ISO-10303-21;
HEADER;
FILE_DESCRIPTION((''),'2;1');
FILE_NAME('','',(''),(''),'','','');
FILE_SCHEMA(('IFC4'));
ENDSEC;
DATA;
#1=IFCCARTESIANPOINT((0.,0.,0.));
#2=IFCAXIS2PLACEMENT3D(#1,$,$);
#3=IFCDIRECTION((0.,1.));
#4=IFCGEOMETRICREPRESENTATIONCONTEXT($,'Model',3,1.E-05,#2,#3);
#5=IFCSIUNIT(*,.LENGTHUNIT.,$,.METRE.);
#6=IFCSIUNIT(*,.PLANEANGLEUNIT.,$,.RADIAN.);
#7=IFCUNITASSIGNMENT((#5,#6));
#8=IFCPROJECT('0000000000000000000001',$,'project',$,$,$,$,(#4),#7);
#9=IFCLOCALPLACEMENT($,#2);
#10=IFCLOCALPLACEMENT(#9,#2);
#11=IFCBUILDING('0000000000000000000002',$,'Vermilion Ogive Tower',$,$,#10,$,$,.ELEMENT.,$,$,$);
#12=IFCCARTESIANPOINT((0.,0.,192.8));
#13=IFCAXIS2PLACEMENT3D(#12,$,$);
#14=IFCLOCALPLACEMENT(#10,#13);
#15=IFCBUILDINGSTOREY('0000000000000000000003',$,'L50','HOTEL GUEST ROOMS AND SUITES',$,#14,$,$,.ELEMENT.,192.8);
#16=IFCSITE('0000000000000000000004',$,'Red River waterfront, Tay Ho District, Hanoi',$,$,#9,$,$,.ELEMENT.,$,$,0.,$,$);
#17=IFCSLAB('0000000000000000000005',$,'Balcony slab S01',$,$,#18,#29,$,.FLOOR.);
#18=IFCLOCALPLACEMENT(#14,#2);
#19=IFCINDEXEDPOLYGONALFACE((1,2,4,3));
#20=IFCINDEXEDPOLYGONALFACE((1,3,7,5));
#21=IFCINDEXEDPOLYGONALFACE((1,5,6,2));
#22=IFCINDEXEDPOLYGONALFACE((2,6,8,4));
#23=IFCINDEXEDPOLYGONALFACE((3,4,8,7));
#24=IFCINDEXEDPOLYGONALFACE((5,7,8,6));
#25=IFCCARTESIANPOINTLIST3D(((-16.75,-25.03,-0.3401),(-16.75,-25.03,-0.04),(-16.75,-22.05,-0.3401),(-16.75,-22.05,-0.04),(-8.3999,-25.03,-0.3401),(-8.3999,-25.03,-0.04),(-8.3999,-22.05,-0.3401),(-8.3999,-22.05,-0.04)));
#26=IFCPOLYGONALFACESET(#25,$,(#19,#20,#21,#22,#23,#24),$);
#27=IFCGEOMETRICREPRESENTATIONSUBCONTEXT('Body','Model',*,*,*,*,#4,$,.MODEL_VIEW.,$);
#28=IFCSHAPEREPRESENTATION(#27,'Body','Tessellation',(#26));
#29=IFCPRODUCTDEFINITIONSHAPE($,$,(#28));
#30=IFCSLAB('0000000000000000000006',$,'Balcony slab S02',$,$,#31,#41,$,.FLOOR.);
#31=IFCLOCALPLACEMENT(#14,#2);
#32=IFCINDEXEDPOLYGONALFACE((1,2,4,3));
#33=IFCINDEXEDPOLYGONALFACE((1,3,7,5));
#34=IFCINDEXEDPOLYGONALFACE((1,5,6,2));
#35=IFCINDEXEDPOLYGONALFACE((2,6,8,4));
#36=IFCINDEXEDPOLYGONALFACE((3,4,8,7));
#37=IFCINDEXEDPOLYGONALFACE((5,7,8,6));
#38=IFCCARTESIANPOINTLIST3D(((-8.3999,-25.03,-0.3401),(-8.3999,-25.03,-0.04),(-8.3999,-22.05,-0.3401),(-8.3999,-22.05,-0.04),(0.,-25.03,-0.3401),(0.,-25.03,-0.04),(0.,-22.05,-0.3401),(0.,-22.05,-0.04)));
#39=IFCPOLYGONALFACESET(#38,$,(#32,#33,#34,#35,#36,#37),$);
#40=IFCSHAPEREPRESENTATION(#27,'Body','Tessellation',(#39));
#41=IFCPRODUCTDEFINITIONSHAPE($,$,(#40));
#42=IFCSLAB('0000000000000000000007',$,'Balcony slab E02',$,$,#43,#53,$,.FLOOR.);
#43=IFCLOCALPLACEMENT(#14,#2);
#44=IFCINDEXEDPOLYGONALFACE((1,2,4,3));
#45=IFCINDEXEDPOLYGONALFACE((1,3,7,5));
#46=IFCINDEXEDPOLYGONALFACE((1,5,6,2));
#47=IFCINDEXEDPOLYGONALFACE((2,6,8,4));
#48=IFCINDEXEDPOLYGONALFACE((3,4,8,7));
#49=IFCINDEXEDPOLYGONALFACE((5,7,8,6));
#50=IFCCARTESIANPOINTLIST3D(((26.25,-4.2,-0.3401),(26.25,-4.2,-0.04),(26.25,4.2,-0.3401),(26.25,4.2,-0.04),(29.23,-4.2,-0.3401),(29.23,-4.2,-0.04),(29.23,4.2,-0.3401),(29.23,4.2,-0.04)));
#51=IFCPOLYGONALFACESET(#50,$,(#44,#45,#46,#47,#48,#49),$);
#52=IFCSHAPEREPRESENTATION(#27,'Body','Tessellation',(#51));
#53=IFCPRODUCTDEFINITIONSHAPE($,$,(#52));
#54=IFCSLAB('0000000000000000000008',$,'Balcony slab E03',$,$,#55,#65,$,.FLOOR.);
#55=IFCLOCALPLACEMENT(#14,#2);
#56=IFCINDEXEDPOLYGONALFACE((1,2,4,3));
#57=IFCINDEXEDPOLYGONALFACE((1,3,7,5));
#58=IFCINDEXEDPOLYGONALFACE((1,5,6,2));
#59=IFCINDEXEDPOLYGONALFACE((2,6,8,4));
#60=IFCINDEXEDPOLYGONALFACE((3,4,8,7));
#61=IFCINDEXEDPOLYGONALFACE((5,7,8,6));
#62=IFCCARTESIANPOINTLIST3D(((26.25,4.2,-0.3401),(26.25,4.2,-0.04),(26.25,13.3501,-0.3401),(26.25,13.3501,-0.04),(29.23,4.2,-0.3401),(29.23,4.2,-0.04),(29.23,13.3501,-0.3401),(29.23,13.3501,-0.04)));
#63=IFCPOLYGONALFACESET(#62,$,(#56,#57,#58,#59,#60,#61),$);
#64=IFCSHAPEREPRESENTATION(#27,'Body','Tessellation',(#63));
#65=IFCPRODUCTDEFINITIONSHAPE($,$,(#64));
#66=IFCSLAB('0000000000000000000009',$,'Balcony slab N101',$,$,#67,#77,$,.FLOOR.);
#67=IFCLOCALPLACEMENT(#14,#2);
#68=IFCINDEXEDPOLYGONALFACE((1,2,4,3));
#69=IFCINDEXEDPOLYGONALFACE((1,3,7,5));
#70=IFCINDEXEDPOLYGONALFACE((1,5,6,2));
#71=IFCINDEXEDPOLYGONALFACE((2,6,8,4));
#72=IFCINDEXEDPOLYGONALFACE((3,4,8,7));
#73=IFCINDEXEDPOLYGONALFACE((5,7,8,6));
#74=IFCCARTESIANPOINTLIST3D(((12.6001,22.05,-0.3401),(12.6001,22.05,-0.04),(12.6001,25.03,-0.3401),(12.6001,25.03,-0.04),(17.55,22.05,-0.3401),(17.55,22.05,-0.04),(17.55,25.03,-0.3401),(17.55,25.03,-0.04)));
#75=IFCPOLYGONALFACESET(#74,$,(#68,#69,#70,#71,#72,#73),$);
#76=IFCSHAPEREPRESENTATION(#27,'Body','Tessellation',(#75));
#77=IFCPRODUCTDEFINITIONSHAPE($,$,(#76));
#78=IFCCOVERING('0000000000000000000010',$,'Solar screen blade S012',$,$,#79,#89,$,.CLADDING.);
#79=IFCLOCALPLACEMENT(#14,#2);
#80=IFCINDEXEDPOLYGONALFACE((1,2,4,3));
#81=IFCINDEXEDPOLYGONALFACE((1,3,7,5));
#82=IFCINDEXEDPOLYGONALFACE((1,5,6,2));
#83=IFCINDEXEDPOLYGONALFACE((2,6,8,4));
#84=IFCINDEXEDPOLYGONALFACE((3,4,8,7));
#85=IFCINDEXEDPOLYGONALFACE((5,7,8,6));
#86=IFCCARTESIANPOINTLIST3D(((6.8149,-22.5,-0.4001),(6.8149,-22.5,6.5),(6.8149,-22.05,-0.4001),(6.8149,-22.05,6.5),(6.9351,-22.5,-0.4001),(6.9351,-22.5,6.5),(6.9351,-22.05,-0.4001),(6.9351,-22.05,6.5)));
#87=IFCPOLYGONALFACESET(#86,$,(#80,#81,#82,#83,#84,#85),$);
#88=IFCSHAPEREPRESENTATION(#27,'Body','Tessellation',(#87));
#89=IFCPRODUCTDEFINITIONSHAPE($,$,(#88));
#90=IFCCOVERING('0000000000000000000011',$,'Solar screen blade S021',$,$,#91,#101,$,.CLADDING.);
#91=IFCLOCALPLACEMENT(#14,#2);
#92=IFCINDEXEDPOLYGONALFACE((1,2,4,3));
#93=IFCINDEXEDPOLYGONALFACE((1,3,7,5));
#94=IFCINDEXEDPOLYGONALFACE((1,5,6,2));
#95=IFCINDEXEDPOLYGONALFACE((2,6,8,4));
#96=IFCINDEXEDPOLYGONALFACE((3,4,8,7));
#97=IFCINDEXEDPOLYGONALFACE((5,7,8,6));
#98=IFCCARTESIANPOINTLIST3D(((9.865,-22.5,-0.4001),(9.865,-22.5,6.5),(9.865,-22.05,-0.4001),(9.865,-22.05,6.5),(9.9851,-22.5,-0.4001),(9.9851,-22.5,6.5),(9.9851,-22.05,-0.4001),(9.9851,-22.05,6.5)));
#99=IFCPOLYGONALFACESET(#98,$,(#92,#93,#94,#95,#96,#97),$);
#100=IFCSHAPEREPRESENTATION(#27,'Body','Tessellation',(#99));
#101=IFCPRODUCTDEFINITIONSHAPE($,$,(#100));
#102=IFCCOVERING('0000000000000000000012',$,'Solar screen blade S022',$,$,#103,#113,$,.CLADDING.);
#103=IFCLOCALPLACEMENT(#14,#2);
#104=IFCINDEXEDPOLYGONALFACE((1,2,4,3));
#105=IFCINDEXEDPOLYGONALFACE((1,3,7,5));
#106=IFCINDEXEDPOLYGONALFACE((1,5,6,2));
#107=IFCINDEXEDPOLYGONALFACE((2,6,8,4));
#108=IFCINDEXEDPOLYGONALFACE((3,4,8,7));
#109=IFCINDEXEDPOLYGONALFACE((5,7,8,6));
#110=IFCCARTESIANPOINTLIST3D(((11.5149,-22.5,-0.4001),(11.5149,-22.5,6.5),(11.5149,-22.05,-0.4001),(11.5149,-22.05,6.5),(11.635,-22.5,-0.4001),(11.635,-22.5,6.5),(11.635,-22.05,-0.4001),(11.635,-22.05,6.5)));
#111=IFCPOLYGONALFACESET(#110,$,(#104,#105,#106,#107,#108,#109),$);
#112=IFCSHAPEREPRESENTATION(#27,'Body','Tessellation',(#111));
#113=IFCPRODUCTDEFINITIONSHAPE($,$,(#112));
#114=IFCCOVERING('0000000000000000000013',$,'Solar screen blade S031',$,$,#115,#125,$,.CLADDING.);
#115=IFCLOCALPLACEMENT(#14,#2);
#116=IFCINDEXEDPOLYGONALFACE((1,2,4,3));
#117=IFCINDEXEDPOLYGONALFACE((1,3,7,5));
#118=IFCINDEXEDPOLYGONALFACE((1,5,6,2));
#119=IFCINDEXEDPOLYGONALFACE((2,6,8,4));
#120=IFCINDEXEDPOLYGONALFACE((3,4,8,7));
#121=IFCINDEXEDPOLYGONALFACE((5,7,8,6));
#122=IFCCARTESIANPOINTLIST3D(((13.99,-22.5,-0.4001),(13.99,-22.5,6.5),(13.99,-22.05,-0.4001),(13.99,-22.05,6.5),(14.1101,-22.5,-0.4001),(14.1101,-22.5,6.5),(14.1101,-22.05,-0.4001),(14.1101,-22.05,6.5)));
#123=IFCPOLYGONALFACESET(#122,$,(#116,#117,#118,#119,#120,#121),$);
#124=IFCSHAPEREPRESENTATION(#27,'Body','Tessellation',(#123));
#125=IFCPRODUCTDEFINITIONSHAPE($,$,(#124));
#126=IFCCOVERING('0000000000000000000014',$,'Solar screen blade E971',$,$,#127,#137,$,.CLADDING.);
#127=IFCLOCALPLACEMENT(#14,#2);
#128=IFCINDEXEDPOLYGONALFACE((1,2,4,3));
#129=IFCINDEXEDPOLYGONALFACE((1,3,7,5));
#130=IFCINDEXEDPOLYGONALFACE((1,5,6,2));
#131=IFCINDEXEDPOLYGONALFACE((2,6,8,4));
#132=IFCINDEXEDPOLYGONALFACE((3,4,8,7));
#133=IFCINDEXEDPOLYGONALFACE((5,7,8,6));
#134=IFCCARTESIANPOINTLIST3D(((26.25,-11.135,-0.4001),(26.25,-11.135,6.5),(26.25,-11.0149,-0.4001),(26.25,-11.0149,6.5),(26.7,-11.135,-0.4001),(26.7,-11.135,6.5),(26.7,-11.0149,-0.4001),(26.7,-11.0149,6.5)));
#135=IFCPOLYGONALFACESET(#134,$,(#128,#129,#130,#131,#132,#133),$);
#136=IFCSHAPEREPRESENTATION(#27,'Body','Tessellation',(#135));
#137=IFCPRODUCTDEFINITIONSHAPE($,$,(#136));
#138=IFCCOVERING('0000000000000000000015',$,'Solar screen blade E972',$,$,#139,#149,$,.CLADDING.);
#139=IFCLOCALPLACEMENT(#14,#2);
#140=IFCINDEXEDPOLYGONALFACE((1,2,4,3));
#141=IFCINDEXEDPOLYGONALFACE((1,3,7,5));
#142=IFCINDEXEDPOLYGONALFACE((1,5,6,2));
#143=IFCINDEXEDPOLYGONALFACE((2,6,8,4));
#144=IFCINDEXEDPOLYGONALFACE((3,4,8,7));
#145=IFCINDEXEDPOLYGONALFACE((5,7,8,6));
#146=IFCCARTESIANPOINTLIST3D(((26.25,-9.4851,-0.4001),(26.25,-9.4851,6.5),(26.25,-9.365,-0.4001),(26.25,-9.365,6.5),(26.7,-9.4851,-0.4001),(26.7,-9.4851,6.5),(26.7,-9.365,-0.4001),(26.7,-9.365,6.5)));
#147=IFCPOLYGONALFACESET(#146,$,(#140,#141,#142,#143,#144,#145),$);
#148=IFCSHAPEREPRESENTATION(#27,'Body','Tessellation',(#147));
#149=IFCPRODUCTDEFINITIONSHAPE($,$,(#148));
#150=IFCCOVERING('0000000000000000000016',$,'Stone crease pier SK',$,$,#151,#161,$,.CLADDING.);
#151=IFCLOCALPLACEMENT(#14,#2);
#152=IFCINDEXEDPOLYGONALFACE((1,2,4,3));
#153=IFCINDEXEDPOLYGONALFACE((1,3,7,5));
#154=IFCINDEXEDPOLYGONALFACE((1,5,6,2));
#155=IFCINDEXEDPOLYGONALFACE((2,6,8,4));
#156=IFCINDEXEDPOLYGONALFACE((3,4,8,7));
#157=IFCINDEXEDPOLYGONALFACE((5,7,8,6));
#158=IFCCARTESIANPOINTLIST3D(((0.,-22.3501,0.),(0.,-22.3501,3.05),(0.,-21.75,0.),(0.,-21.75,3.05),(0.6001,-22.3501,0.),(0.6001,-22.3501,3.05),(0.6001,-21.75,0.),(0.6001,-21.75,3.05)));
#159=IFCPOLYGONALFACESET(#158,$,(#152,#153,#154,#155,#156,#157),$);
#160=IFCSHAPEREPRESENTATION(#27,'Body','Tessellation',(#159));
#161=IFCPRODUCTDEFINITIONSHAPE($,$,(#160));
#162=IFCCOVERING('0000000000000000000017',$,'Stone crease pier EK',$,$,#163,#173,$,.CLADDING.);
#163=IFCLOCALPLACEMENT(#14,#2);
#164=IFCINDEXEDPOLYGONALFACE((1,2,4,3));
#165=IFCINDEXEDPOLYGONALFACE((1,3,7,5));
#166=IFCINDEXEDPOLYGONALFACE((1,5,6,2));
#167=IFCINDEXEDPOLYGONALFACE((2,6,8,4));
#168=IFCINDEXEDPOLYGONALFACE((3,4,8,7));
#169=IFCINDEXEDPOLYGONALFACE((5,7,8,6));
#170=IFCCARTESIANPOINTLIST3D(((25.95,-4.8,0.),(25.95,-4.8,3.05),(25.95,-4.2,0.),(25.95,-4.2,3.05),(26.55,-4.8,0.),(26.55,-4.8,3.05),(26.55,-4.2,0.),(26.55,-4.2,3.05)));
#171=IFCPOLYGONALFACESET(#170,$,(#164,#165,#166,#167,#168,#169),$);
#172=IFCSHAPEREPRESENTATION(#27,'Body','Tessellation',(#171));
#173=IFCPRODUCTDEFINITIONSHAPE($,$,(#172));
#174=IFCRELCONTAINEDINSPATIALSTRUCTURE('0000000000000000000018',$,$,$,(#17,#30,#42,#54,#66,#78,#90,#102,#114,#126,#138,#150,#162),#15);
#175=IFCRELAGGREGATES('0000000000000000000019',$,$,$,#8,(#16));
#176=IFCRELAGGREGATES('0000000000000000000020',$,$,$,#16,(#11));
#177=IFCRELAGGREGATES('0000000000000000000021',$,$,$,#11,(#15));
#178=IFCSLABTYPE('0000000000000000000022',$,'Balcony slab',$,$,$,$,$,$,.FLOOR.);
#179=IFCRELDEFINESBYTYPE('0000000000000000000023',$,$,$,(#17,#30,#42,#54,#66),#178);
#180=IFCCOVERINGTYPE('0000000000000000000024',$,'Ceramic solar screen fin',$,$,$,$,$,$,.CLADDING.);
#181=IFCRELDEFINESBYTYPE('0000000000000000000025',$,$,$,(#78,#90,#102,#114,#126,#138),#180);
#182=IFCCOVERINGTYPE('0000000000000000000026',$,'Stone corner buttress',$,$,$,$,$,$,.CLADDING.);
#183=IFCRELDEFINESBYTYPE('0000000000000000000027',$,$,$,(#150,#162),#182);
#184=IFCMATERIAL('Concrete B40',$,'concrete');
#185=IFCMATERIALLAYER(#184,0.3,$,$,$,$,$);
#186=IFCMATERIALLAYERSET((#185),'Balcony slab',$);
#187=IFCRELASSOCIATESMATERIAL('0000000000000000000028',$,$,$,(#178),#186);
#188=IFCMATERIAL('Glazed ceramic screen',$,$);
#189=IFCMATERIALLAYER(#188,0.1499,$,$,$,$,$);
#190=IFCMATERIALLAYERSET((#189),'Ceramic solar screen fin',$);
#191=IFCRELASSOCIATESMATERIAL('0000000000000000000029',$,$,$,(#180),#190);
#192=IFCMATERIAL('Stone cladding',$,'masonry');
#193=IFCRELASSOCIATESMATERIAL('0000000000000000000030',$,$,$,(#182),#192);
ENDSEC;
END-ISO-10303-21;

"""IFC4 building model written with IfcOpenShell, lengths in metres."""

from ifc_helpers import new_model, si_unit, direction, frame, origin, place, context, subcontext, project, spatial, polyline, outline, extrude, material, layer, layer_set, type_object, element, save


model = new_model("IFC4")

# Units and contexts
model_context = context("Model", 3, precision=1e-05, world=origin(), true_north=direction((0.0, 1.0)))
body_context = subcontext(model_context, "Body", "Model", "MODEL_VIEW")
ifc_project = project(units=[si_unit("LENGTHUNIT", "METRE"), si_unit("PLANEANGLEUNIT", "RADIAN")], contexts=[model_context])

# Site, building, storey
site_placement = place(None, origin())
site = spatial("IfcSite", under=ifc_project, at=site_placement, Name="Red River waterfront, Tay Ho District, Hanoi", CompositionType="ELEMENT", RefElevation=0.0)
building_placement = place(site_placement, origin())
building = spatial("IfcBuilding", under=site, at=building_placement, Name="Vermilion Ogive Tower", CompositionType="ELEMENT")
storey_placement = place(building_placement, frame((0.0, 0.0, 192.8)))
storey = spatial("IfcBuildingStorey", under=building, at=storey_placement, Name="L50", Description="HOTEL GUEST ROOMS AND SUITES", CompositionType="ELEMENT", Elevation=192.8)

# Slabs
ifc_material_1 = material(Name="Concrete B40", Category="concrete")
ifc_layer_1 = layer(ifc_material_1, 0.3)
ifc_layer_set_1 = layer_set([ifc_layer_1], Name="Balcony slab")
slab_type = type_object("IfcSlabType", Name="Balcony slab", PredefinedType="FLOOR", material=ifc_layer_set_1)
slab_1_placement = place(storey_placement, frame((0.0, 0.0, -0.3401)))
element("IfcSlab", 1, at=slab_1_placement, inside=storey, type_object=slab_type, Name="Balcony slab S01", PredefinedType="FLOOR", context=body_context, shape_type="SweptSolid", body=[
    extrude(outline(polyline([(-16.75, -25.03), (-8.3999, -25.03), (-8.3999, -22.05), (-16.75, -22.05), (-16.75, -25.03)])), origin(), (0.0, 0.0, 1.0), 0.3),
])
slab_2_placement = place(storey_placement, frame((0.0, 0.0, -0.3401)))
element("IfcSlab", 2, at=slab_2_placement, inside=storey, type_object=slab_type, Name="Balcony slab S02", PredefinedType="FLOOR", context=body_context, shape_type="SweptSolid", body=[
    extrude(outline(polyline([(-8.3999, -25.03), (0.0, -25.03), (0.0, -22.05), (-8.3999, -22.05), (-8.3999, -25.03)])), origin(), (0.0, 0.0, 1.0), 0.3),
])
slab_3_placement = place(storey_placement, frame((0.0, 0.0, -0.3401)))
element("IfcSlab", 3, at=slab_3_placement, inside=storey, type_object=slab_type, Name="Balcony slab E02", PredefinedType="FLOOR", context=body_context, shape_type="SweptSolid", body=[
    extrude(outline(polyline([(29.23, -4.2), (29.23, 4.2), (26.25, 4.2), (26.25, -4.2), (29.23, -4.2)])), origin(), (0.0, 0.0, 1.0), 0.3),
])
slab_4_placement = place(storey_placement, frame((0.0, 0.0, -0.3401)))
element("IfcSlab", 4, at=slab_4_placement, inside=storey, type_object=slab_type, Name="Balcony slab E03", PredefinedType="FLOOR", context=body_context, shape_type="SweptSolid", body=[
    extrude(outline(polyline([(29.23, 4.2), (29.23, 13.3501), (26.25, 13.3501), (26.25, 4.2), (29.23, 4.2)])), origin(), (0.0, 0.0, 1.0), 0.3),
])
slab_5_placement = place(storey_placement, frame((0.0, 0.0, -0.3401)))
element("IfcSlab", 5, at=slab_5_placement, inside=storey, type_object=slab_type, Name="Balcony slab N101", PredefinedType="FLOOR", context=body_context, shape_type="SweptSolid", body=[
    extrude(outline(polyline([(17.55, 25.03), (12.6001, 25.03), (12.6001, 22.05), (17.55, 22.05), (17.55, 25.03)])), origin(), (0.0, 0.0, 1.0), 0.3),
])

# Coverings
ifc_material_2 = material(Name="Glazed ceramic screen")
ifc_layer_2 = layer(ifc_material_2, 0.1499)
ifc_layer_set_2 = layer_set([ifc_layer_2], Name="Ceramic solar screen fin")
covering_type_1 = type_object("IfcCoveringType", Name="Ceramic solar screen fin", PredefinedType="CLADDING", material=ifc_layer_set_2)
covering_1_placement = place(storey_placement, frame((0.0, 0.0, -0.4001)))
element("IfcCovering", 6, at=covering_1_placement, inside=storey, type_object=covering_type_1, Name="Solar screen blade S012", PredefinedType="CLADDING", context=body_context, shape_type="SweptSolid", body=[
    extrude(outline(polyline([(6.8149, -22.5), (6.9351, -22.5), (6.9351, -22.05), (6.8149, -22.05), (6.8149, -22.5)])), origin(), (0.0, 0.0, 1.0), 6.9001),
])
covering_2_placement = place(storey_placement, frame((0.0, 0.0, -0.4001)))
element("IfcCovering", 7, at=covering_2_placement, inside=storey, type_object=covering_type_1, Name="Solar screen blade S021", PredefinedType="CLADDING", context=body_context, shape_type="SweptSolid", body=[
    extrude(outline(polyline([(9.865, -22.5), (9.9851, -22.5), (9.9851, -22.05), (9.865, -22.05), (9.865, -22.5)])), origin(), (0.0, 0.0, 1.0), 6.9001),
])
covering_3_placement = place(storey_placement, frame((0.0, 0.0, -0.4001)))
element("IfcCovering", 8, at=covering_3_placement, inside=storey, type_object=covering_type_1, Name="Solar screen blade S022", PredefinedType="CLADDING", context=body_context, shape_type="SweptSolid", body=[
    extrude(outline(polyline([(11.5149, -22.5), (11.635, -22.5), (11.635, -22.05), (11.5149, -22.05), (11.5149, -22.5)])), origin(), (0.0, 0.0, 1.0), 6.9001),
])
covering_4_placement = place(storey_placement, frame((0.0, 0.0, -0.4001)))
element("IfcCovering", 9, at=covering_4_placement, inside=storey, type_object=covering_type_1, Name="Solar screen blade S031", PredefinedType="CLADDING", context=body_context, shape_type="SweptSolid", body=[
    extrude(outline(polyline([(13.99, -22.5), (14.1101, -22.5), (14.1101, -22.05), (13.99, -22.05), (13.99, -22.5)])), origin(), (0.0, 0.0, 1.0), 6.9001),
])
covering_5_placement = place(storey_placement, frame((0.0, 0.0, -0.4001)))
element("IfcCovering", 10, at=covering_5_placement, inside=storey, type_object=covering_type_1, Name="Solar screen blade E971", PredefinedType="CLADDING", context=body_context, shape_type="SweptSolid", body=[
    extrude(outline(polyline([(26.7, -11.135), (26.7, -11.0149), (26.25, -11.0149), (26.25, -11.135), (26.7, -11.135)])), origin(), (0.0, 0.0, 1.0), 6.9001),
])
covering_6_placement = place(storey_placement, frame((0.0, 0.0, -0.4001)))
element("IfcCovering", 11, at=covering_6_placement, inside=storey, type_object=covering_type_1, Name="Solar screen blade E972", PredefinedType="CLADDING", context=body_context, shape_type="SweptSolid", body=[
    extrude(outline(polyline([(26.7, -9.4851), (26.7, -9.365), (26.25, -9.365), (26.25, -9.4851), (26.7, -9.4851)])), origin(), (0.0, 0.0, 1.0), 6.9001),
])
ifc_material_3 = material(Name="Stone cladding", Category="masonry")
covering_type_2 = type_object("IfcCoveringType", Name="Stone corner buttress", PredefinedType="CLADDING", material=ifc_material_3)
covering_7_placement = place(storey_placement, origin())
element("IfcCovering", 12, at=covering_7_placement, inside=storey, type_object=covering_type_2, Name="Stone crease pier SK", PredefinedType="CLADDING", context=body_context, shape_type="SweptSolid", body=[
    extrude(outline(polyline([(0.0, -22.3501), (0.6001, -22.3501), (0.6001, -21.75), (0.0, -21.75), (0.0, -22.3501)])), origin(), (0.0, 0.0, 1.0), 3.05),
])
covering_8_placement = place(storey_placement, origin())
element("IfcCovering", 13, at=covering_8_placement, inside=storey, type_object=covering_type_2, Name="Stone crease pier EK", PredefinedType="CLADDING", context=body_context, shape_type="SweptSolid", body=[
    extrude(outline(polyline([(26.55, -4.8), (26.55, -4.2), (25.95, -4.2), (25.95, -4.8), (26.55, -4.8)])), origin(), (0.0, 0.0, 1.0), 3.05),
])

save(model, "model.ifc")
